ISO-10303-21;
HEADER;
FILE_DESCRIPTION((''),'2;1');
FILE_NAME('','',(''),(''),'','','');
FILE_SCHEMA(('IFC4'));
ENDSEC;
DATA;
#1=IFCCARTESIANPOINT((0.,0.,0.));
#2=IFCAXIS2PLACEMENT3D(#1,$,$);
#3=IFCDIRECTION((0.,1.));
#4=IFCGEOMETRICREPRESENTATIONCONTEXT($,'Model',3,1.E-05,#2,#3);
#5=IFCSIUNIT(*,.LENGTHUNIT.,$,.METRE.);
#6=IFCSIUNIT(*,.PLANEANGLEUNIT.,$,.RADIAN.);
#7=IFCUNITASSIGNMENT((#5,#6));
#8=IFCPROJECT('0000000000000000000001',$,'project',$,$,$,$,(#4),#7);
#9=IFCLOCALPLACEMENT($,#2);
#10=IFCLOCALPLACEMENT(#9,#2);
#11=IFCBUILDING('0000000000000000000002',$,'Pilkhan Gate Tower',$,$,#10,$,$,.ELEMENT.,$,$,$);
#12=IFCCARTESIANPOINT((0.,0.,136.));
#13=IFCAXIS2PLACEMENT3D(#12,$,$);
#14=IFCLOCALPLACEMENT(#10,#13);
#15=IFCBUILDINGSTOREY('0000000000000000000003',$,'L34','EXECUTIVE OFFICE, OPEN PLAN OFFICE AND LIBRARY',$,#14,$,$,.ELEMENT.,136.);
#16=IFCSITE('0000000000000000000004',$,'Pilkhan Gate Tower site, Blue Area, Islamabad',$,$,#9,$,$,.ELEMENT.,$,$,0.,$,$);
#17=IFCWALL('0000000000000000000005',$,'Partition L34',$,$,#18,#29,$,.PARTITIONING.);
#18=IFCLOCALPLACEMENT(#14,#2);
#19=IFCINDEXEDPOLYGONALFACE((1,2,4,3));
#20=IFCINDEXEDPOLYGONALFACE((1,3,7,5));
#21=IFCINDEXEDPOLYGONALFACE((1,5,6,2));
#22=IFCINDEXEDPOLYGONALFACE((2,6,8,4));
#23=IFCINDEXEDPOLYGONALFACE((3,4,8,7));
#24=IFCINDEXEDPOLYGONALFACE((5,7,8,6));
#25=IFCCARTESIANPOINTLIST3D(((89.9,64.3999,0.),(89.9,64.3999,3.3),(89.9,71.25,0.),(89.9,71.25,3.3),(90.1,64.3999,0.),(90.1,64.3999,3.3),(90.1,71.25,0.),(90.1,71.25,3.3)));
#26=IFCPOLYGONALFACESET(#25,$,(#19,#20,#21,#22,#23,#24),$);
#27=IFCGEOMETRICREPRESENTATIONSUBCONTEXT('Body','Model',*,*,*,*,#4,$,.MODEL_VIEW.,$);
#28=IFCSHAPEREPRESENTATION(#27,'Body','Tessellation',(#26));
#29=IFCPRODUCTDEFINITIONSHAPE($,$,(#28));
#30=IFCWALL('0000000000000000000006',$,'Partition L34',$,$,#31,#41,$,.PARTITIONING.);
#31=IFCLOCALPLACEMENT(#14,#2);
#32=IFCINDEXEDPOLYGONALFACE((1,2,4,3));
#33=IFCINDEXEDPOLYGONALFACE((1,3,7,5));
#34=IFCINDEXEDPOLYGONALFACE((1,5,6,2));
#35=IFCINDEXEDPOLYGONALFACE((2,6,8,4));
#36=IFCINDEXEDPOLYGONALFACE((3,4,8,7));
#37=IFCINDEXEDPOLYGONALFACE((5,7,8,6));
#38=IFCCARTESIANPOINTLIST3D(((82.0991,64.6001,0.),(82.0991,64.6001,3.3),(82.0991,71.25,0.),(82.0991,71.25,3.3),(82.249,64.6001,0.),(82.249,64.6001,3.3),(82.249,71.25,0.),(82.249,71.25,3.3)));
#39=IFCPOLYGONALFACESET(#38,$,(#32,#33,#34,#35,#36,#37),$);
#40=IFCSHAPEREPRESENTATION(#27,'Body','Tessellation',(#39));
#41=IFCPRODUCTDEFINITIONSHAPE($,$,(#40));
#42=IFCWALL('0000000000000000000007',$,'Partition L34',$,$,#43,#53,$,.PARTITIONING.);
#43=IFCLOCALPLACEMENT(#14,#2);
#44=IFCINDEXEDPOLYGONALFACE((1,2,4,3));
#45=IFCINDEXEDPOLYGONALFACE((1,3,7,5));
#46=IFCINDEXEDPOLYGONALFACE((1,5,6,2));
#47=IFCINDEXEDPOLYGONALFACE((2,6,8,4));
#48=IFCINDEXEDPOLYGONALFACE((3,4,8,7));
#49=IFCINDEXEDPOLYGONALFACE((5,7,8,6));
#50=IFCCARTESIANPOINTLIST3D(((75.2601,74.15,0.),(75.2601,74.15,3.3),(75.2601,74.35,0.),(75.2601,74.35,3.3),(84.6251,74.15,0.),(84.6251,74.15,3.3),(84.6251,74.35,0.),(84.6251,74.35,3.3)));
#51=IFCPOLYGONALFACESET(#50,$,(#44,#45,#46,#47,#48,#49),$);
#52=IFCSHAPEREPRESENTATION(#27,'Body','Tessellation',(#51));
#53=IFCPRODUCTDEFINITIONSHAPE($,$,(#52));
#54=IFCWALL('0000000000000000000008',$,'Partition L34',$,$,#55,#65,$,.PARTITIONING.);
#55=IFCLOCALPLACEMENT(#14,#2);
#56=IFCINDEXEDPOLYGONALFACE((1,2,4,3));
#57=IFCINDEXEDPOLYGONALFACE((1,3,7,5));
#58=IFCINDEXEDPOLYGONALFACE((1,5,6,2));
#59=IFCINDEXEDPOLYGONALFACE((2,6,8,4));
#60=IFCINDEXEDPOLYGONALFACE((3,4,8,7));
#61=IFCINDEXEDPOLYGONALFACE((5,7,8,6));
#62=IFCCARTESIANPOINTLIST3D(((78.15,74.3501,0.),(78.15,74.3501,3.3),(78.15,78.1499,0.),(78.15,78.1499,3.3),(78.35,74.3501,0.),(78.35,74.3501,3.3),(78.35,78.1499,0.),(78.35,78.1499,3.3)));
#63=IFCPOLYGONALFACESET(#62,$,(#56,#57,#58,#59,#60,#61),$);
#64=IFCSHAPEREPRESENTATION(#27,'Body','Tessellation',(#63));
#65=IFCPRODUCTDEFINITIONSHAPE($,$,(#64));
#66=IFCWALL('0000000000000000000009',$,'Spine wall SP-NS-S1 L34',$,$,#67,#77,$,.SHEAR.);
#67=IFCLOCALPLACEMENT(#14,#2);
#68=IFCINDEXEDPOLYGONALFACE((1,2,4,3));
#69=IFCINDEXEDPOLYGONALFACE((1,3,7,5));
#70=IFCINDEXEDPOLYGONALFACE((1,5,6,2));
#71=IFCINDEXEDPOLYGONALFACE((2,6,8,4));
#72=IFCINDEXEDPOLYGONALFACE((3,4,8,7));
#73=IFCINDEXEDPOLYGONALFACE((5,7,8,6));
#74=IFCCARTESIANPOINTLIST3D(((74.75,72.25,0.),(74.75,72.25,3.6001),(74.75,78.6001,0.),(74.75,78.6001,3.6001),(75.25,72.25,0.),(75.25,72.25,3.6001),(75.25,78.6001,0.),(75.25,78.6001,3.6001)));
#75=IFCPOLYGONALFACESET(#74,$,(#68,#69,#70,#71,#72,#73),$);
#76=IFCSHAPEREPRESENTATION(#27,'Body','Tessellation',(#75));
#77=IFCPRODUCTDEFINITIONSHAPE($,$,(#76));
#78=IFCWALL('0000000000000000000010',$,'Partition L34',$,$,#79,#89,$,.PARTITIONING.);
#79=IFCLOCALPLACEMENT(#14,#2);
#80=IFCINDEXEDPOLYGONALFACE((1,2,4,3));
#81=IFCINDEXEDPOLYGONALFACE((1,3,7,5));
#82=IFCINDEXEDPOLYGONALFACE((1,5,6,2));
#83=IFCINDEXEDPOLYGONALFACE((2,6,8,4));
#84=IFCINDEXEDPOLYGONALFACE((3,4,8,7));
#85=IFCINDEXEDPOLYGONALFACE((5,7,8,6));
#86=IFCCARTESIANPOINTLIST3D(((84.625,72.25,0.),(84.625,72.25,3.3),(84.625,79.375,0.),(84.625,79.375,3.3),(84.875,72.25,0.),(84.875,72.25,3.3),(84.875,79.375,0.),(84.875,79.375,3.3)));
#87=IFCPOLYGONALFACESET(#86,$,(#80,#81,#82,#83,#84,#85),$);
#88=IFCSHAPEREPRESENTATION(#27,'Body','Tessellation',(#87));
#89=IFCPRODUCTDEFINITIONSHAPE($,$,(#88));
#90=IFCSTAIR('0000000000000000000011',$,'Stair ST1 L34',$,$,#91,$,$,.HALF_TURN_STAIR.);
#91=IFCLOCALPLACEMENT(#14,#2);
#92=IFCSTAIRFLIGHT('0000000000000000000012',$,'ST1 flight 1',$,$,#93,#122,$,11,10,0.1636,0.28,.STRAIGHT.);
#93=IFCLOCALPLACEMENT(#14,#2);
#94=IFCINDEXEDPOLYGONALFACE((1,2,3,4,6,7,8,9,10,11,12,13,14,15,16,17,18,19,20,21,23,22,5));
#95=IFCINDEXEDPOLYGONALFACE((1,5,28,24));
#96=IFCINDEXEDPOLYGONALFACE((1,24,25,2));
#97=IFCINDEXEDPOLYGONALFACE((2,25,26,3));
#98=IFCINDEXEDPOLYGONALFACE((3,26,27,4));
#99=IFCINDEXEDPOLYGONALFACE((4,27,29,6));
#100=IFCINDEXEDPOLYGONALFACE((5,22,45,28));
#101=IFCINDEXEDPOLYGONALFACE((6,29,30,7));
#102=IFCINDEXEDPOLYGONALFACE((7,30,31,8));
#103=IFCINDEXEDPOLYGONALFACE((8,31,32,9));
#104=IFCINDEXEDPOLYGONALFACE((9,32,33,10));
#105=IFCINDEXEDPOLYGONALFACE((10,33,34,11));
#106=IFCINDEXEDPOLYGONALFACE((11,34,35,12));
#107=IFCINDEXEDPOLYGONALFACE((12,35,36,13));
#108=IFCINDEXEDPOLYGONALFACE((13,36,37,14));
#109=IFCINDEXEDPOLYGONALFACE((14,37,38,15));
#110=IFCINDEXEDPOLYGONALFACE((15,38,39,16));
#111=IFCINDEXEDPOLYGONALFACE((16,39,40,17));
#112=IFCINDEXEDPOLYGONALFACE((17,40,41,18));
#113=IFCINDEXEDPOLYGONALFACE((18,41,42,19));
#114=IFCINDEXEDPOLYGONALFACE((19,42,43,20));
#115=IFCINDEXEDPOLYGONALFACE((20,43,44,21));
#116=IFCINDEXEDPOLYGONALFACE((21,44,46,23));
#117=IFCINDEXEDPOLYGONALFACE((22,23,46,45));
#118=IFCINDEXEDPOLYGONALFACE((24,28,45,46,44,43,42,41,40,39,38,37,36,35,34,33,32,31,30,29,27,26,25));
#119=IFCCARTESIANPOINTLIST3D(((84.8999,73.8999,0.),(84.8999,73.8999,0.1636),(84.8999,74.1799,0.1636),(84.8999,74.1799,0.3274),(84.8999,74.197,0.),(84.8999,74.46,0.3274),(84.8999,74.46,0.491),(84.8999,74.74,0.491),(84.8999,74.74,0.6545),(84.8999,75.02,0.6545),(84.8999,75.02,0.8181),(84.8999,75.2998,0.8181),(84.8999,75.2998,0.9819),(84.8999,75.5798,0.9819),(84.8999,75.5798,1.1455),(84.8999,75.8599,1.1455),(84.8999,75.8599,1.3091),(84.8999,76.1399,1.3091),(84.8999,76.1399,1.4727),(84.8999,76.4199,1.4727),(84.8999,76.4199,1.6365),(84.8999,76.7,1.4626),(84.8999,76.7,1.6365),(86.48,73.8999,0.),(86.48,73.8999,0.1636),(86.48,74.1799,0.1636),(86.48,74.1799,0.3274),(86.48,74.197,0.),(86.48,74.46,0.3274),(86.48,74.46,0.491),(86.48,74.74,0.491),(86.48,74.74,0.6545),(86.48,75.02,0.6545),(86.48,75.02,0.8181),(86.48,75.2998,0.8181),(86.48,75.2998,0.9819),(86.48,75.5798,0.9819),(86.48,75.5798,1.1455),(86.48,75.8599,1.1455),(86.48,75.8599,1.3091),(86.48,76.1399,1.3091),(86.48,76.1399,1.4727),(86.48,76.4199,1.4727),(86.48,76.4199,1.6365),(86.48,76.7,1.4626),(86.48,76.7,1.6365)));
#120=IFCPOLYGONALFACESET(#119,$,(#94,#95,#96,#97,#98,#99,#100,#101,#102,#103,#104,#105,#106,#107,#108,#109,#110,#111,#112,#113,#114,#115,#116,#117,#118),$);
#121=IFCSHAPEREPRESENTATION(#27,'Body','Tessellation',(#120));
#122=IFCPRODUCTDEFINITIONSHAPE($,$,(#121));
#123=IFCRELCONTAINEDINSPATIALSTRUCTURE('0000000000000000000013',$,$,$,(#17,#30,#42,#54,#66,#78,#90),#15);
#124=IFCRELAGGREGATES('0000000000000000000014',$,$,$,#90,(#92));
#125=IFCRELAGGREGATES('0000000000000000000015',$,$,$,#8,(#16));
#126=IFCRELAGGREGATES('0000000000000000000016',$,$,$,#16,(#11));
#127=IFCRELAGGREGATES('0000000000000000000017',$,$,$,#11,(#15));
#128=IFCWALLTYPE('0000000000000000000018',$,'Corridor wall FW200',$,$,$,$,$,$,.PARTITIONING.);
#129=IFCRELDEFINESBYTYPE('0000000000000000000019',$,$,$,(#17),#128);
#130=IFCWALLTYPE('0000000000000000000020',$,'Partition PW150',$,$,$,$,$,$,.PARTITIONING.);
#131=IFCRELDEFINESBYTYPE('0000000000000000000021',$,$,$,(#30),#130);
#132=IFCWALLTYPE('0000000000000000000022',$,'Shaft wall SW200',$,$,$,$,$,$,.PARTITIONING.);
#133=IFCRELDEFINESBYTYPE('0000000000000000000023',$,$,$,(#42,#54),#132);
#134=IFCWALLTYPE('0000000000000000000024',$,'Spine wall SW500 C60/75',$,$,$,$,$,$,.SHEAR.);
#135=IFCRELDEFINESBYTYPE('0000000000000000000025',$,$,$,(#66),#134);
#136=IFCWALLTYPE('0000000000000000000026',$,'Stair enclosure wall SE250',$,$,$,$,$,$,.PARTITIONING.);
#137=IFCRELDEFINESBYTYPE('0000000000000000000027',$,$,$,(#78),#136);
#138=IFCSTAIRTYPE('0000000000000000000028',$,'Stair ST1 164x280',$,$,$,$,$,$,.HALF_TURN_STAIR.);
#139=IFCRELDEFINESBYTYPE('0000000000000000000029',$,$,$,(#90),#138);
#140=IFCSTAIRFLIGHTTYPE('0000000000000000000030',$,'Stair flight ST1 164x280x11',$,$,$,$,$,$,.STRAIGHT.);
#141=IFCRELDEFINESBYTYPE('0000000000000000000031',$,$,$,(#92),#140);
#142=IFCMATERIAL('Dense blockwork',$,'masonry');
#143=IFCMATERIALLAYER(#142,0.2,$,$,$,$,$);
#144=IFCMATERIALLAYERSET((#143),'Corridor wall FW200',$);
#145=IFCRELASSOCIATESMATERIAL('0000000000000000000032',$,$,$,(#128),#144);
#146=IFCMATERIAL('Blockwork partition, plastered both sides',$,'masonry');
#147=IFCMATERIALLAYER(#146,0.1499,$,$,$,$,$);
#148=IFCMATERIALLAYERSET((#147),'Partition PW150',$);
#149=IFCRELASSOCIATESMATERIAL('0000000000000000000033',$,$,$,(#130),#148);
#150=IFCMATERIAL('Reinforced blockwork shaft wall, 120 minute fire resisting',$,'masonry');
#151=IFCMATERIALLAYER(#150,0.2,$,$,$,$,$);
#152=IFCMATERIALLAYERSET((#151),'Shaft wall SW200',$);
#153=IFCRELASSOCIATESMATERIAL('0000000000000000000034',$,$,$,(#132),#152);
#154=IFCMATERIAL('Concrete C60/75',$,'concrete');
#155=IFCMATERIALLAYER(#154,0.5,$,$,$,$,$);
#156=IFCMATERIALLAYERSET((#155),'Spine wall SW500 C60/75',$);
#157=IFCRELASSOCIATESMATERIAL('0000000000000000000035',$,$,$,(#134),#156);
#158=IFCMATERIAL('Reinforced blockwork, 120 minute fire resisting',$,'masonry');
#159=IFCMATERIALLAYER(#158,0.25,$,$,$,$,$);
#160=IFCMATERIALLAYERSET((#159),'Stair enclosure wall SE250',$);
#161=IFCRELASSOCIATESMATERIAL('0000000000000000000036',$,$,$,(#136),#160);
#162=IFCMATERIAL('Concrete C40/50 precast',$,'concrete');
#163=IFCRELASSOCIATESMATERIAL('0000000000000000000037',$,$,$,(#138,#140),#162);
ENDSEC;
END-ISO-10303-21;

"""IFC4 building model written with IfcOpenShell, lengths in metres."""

from ifc_helpers import new_model, si_unit, direction, frame, frame_2d, origin, place, context, subcontext, project, spatial, polyline, rectangle, outline, extrude, material, layer, layer_set, type_object, element, aggregate, save


model = new_model("IFC4")

# Units and contexts
model_context = context("Model", 3, precision=1e-05, world=origin(), true_north=direction((0.0, 1.0)))
body_context = subcontext(model_context, "Body", "Model", "MODEL_VIEW")
ifc_project = project(units=[si_unit("LENGTHUNIT", "METRE"), si_unit("PLANEANGLEUNIT", "RADIAN")], contexts=[model_context])

# Site, building, storey
site_placement = place(None, origin())
site = spatial("IfcSite", under=ifc_project, at=site_placement, Name="Pilkhan Gate Tower site, Blue Area, Islamabad", CompositionType="ELEMENT", RefElevation=0.0)
building_placement = place(site_placement, origin())
building = spatial("IfcBuilding", under=site, at=building_placement, Name="Pilkhan Gate Tower", CompositionType="ELEMENT")
storey_placement = place(building_placement, frame((0.0, 0.0, 136.0)))
storey = spatial("IfcBuildingStorey", under=building, at=storey_placement, Name="L34", Description="EXECUTIVE OFFICE, OPEN PLAN OFFICE AND LIBRARY", CompositionType="ELEMENT", Elevation=136.0)

# Shared definitions
ifc_material_1 = material(Name="Concrete C60/75", Category="concrete")

# Walls
ifc_material_2 = material(Name="Dense blockwork", Category="masonry")
ifc_layer_1 = layer(ifc_material_2, 0.2)
ifc_layer_set_1 = layer_set([ifc_layer_1], Name="Corridor wall FW200")
wall_type_1 = type_object("IfcWallType", Name="Corridor wall FW200", PredefinedType="PARTITIONING", material=ifc_layer_set_1)
wall_1_placement = place(storey_placement, frame((90.0, 64.3999, 0.0), z_axis=(0.0, 0.0, 1.0), x_axis=(0.0, 1.0, 0.0)))
element("IfcWall", 1, at=wall_1_placement, inside=storey, type_object=wall_type_1, Name="Partition L34", PredefinedType="PARTITIONING", context=body_context, shape_type="SweptSolid", body=[
    extrude(rectangle(XDim=6.8501, YDim=0.2, at=frame_2d((3.425, 0.0))), origin(), (0.0, 0.0, 1.0), 3.3),
])
ifc_material_3 = material(Name="Blockwork partition, plastered both sides", Category="masonry")
ifc_layer_2 = layer(ifc_material_3, 0.1499)
ifc_layer_set_2 = layer_set([ifc_layer_2], Name="Partition PW150")
wall_type_2 = type_object("IfcWallType", Name="Partition PW150", PredefinedType="PARTITIONING", material=ifc_layer_set_2)
wall_2_placement = place(storey_placement, frame((82.1741, 64.6001, 0.0), z_axis=(0.0, 0.0, 1.0), x_axis=(0.0, 1.0, 0.0)))
element("IfcWall", 2, at=wall_2_placement, inside=storey, type_object=wall_type_2, Name="Partition L34", PredefinedType="PARTITIONING", context=body_context, shape_type="SweptSolid", body=[
    extrude(rectangle(XDim=6.6499, YDim=0.1499, at=frame_2d((3.325, 0.0))), origin(), (0.0, 0.0, 1.0), 3.3),
])
ifc_material_4 = material(Name="Reinforced blockwork shaft wall, 120 minute fire resisting", Category="masonry")
ifc_layer_3 = layer(ifc_material_4, 0.2)
ifc_layer_set_3 = layer_set([ifc_layer_3], Name="Shaft wall SW200")
wall_type_3 = type_object("IfcWallType", Name="Shaft wall SW200", PredefinedType="PARTITIONING", material=ifc_layer_set_3)
wall_3_placement = place(storey_placement, frame((75.26, 74.25, 0.0), z_axis=(0.0, 0.0, 1.0), x_axis=(1.0, 0.0, 0.0)))
element("IfcWall", 3, at=wall_3_placement, inside=storey, type_object=wall_type_3, Name="Partition L34", PredefinedType="PARTITIONING", context=body_context, shape_type="SweptSolid", body=[
    extrude(rectangle(XDim=9.365, YDim=0.2, at=frame_2d((4.6826, 0.0))), origin(), (0.0, 0.0, 1.0), 3.3),
])
wall_4_placement = place(storey_placement, frame((78.25, 74.3501, 0.0), z_axis=(0.0, 0.0, 1.0), x_axis=(0.0, 1.0, 0.0)))
element("IfcWall", 4, at=wall_4_placement, inside=storey, type_object=wall_type_3, Name="Partition L34", PredefinedType="PARTITIONING", context=body_context, shape_type="SweptSolid", body=[
    extrude(rectangle(XDim=3.7998, YDim=0.2, at=frame_2d((1.8999, 0.0))), origin(), (0.0, 0.0, 1.0), 3.3),
])
ifc_layer_4 = layer(ifc_material_1, 0.5)
ifc_layer_set_4 = layer_set([ifc_layer_4], Name="Spine wall SW500 C60/75")
wall_type_4 = type_object("IfcWallType", Name="Spine wall SW500 C60/75", PredefinedType="SHEAR", material=ifc_layer_set_4)
wall_5_placement = place(storey_placement, frame((75.0, 72.25, 0.0), z_axis=(0.0, 0.0, 1.0), x_axis=(0.0, 1.0, 0.0)))
element("IfcWall", 5, at=wall_5_placement, inside=storey, type_object=wall_type_4, Name="Spine wall SP-NS-S1 L34", PredefinedType="SHEAR", context=body_context, shape_type="SweptSolid", body=[
    extrude(rectangle(XDim=6.3501, YDim=0.5, at=frame_2d((3.175, 0.0))), origin(), (0.0, 0.0, 1.0), 3.6001),
])
ifc_material_5 = material(Name="Reinforced blockwork, 120 minute fire resisting", Category="masonry")
ifc_layer_5 = layer(ifc_material_5, 0.25)
ifc_layer_set_5 = layer_set([ifc_layer_5], Name="Stair enclosure wall SE250")
wall_type_5 = type_object("IfcWallType", Name="Stair enclosure wall SE250", PredefinedType="PARTITIONING", material=ifc_layer_set_5)
wall_6_placement = place(storey_placement, frame((84.75, 72.25, 0.0), z_axis=(0.0, 0.0, 1.0), x_axis=(0.0, 1.0, 0.0)))
element("IfcWall", 6, at=wall_6_placement, inside=storey, type_object=wall_type_5, Name="Partition L34", PredefinedType="PARTITIONING", context=body_context, shape_type="SweptSolid", body=[
    extrude(rectangle(XDim=7.125, YDim=0.25, at=frame_2d((3.5625, 0.0))), origin(), (0.0, 0.0, 1.0), 3.3),
])

# Stair, stair flight
ifc_material_6 = material(Name="Concrete C40/50 precast", Category="concrete")
stair_type = type_object("IfcStairType", Name="Stair ST1 164x280", PredefinedType="HALF_TURN_STAIR", material=ifc_material_6)
stair_placement = place(storey_placement, origin())
stair = element("IfcStair", 7, at=stair_placement, inside=storey, type_object=stair_type, Name="Stair ST1 L34", PredefinedType="HALF_TURN_STAIR")
stair_flight_type = type_object("IfcStairFlightType", Name="Stair flight ST1 164x280x11", PredefinedType="STRAIGHT", material=ifc_material_6)
stair_flight_placement = place(storey_placement, frame((85.6899, 73.8999, 0.0), z_axis=(0.0, 0.0, 1.0), x_axis=(0.0, 1.0, 0.0)))
stair_flight = element("IfcStairFlight", 8, at=stair_flight_placement, type_object=stair_flight_type, Name="ST1 flight 1", NumberOfRisers=11, NumberOfTreads=10, PredefinedType="STRAIGHT", RiserHeight=0.1636, TreadLength=0.28, context=body_context, shape_type="SweptSolid", body=[
    extrude(outline(polyline([(0.0, 0.0), (0.0, 0.1636), (0.28, 0.1636), (0.28, 0.3274), (0.5601, 0.3274), (0.5601, 0.491), (0.8401, 0.491), (0.8401, 0.6545), (1.1201, 0.6545), (1.1201, 0.8181), (1.3999, 0.8181), (1.3999, 0.9819), (1.6799, 0.9819), (1.6799, 1.1455), (1.96, 1.1455), (1.96, 1.3091), (2.24, 1.3091), (2.24, 1.4727), (2.52, 1.4727), (2.52, 1.6365), (2.8, 1.6365), (2.8, 1.8), (2.8, 1.4626), (0.2971, 0.0), (0.0, 0.0)])), frame((0.0, 0.79, 0.0), z_axis=(0.0, -1.0, 0.0), x_axis=(1.0, 0.0, 0.0)), (0.0, 0.0, 1.0), 1.5801),
])
aggregate(stair, [stair_flight])

save(model, "model.ifc")
